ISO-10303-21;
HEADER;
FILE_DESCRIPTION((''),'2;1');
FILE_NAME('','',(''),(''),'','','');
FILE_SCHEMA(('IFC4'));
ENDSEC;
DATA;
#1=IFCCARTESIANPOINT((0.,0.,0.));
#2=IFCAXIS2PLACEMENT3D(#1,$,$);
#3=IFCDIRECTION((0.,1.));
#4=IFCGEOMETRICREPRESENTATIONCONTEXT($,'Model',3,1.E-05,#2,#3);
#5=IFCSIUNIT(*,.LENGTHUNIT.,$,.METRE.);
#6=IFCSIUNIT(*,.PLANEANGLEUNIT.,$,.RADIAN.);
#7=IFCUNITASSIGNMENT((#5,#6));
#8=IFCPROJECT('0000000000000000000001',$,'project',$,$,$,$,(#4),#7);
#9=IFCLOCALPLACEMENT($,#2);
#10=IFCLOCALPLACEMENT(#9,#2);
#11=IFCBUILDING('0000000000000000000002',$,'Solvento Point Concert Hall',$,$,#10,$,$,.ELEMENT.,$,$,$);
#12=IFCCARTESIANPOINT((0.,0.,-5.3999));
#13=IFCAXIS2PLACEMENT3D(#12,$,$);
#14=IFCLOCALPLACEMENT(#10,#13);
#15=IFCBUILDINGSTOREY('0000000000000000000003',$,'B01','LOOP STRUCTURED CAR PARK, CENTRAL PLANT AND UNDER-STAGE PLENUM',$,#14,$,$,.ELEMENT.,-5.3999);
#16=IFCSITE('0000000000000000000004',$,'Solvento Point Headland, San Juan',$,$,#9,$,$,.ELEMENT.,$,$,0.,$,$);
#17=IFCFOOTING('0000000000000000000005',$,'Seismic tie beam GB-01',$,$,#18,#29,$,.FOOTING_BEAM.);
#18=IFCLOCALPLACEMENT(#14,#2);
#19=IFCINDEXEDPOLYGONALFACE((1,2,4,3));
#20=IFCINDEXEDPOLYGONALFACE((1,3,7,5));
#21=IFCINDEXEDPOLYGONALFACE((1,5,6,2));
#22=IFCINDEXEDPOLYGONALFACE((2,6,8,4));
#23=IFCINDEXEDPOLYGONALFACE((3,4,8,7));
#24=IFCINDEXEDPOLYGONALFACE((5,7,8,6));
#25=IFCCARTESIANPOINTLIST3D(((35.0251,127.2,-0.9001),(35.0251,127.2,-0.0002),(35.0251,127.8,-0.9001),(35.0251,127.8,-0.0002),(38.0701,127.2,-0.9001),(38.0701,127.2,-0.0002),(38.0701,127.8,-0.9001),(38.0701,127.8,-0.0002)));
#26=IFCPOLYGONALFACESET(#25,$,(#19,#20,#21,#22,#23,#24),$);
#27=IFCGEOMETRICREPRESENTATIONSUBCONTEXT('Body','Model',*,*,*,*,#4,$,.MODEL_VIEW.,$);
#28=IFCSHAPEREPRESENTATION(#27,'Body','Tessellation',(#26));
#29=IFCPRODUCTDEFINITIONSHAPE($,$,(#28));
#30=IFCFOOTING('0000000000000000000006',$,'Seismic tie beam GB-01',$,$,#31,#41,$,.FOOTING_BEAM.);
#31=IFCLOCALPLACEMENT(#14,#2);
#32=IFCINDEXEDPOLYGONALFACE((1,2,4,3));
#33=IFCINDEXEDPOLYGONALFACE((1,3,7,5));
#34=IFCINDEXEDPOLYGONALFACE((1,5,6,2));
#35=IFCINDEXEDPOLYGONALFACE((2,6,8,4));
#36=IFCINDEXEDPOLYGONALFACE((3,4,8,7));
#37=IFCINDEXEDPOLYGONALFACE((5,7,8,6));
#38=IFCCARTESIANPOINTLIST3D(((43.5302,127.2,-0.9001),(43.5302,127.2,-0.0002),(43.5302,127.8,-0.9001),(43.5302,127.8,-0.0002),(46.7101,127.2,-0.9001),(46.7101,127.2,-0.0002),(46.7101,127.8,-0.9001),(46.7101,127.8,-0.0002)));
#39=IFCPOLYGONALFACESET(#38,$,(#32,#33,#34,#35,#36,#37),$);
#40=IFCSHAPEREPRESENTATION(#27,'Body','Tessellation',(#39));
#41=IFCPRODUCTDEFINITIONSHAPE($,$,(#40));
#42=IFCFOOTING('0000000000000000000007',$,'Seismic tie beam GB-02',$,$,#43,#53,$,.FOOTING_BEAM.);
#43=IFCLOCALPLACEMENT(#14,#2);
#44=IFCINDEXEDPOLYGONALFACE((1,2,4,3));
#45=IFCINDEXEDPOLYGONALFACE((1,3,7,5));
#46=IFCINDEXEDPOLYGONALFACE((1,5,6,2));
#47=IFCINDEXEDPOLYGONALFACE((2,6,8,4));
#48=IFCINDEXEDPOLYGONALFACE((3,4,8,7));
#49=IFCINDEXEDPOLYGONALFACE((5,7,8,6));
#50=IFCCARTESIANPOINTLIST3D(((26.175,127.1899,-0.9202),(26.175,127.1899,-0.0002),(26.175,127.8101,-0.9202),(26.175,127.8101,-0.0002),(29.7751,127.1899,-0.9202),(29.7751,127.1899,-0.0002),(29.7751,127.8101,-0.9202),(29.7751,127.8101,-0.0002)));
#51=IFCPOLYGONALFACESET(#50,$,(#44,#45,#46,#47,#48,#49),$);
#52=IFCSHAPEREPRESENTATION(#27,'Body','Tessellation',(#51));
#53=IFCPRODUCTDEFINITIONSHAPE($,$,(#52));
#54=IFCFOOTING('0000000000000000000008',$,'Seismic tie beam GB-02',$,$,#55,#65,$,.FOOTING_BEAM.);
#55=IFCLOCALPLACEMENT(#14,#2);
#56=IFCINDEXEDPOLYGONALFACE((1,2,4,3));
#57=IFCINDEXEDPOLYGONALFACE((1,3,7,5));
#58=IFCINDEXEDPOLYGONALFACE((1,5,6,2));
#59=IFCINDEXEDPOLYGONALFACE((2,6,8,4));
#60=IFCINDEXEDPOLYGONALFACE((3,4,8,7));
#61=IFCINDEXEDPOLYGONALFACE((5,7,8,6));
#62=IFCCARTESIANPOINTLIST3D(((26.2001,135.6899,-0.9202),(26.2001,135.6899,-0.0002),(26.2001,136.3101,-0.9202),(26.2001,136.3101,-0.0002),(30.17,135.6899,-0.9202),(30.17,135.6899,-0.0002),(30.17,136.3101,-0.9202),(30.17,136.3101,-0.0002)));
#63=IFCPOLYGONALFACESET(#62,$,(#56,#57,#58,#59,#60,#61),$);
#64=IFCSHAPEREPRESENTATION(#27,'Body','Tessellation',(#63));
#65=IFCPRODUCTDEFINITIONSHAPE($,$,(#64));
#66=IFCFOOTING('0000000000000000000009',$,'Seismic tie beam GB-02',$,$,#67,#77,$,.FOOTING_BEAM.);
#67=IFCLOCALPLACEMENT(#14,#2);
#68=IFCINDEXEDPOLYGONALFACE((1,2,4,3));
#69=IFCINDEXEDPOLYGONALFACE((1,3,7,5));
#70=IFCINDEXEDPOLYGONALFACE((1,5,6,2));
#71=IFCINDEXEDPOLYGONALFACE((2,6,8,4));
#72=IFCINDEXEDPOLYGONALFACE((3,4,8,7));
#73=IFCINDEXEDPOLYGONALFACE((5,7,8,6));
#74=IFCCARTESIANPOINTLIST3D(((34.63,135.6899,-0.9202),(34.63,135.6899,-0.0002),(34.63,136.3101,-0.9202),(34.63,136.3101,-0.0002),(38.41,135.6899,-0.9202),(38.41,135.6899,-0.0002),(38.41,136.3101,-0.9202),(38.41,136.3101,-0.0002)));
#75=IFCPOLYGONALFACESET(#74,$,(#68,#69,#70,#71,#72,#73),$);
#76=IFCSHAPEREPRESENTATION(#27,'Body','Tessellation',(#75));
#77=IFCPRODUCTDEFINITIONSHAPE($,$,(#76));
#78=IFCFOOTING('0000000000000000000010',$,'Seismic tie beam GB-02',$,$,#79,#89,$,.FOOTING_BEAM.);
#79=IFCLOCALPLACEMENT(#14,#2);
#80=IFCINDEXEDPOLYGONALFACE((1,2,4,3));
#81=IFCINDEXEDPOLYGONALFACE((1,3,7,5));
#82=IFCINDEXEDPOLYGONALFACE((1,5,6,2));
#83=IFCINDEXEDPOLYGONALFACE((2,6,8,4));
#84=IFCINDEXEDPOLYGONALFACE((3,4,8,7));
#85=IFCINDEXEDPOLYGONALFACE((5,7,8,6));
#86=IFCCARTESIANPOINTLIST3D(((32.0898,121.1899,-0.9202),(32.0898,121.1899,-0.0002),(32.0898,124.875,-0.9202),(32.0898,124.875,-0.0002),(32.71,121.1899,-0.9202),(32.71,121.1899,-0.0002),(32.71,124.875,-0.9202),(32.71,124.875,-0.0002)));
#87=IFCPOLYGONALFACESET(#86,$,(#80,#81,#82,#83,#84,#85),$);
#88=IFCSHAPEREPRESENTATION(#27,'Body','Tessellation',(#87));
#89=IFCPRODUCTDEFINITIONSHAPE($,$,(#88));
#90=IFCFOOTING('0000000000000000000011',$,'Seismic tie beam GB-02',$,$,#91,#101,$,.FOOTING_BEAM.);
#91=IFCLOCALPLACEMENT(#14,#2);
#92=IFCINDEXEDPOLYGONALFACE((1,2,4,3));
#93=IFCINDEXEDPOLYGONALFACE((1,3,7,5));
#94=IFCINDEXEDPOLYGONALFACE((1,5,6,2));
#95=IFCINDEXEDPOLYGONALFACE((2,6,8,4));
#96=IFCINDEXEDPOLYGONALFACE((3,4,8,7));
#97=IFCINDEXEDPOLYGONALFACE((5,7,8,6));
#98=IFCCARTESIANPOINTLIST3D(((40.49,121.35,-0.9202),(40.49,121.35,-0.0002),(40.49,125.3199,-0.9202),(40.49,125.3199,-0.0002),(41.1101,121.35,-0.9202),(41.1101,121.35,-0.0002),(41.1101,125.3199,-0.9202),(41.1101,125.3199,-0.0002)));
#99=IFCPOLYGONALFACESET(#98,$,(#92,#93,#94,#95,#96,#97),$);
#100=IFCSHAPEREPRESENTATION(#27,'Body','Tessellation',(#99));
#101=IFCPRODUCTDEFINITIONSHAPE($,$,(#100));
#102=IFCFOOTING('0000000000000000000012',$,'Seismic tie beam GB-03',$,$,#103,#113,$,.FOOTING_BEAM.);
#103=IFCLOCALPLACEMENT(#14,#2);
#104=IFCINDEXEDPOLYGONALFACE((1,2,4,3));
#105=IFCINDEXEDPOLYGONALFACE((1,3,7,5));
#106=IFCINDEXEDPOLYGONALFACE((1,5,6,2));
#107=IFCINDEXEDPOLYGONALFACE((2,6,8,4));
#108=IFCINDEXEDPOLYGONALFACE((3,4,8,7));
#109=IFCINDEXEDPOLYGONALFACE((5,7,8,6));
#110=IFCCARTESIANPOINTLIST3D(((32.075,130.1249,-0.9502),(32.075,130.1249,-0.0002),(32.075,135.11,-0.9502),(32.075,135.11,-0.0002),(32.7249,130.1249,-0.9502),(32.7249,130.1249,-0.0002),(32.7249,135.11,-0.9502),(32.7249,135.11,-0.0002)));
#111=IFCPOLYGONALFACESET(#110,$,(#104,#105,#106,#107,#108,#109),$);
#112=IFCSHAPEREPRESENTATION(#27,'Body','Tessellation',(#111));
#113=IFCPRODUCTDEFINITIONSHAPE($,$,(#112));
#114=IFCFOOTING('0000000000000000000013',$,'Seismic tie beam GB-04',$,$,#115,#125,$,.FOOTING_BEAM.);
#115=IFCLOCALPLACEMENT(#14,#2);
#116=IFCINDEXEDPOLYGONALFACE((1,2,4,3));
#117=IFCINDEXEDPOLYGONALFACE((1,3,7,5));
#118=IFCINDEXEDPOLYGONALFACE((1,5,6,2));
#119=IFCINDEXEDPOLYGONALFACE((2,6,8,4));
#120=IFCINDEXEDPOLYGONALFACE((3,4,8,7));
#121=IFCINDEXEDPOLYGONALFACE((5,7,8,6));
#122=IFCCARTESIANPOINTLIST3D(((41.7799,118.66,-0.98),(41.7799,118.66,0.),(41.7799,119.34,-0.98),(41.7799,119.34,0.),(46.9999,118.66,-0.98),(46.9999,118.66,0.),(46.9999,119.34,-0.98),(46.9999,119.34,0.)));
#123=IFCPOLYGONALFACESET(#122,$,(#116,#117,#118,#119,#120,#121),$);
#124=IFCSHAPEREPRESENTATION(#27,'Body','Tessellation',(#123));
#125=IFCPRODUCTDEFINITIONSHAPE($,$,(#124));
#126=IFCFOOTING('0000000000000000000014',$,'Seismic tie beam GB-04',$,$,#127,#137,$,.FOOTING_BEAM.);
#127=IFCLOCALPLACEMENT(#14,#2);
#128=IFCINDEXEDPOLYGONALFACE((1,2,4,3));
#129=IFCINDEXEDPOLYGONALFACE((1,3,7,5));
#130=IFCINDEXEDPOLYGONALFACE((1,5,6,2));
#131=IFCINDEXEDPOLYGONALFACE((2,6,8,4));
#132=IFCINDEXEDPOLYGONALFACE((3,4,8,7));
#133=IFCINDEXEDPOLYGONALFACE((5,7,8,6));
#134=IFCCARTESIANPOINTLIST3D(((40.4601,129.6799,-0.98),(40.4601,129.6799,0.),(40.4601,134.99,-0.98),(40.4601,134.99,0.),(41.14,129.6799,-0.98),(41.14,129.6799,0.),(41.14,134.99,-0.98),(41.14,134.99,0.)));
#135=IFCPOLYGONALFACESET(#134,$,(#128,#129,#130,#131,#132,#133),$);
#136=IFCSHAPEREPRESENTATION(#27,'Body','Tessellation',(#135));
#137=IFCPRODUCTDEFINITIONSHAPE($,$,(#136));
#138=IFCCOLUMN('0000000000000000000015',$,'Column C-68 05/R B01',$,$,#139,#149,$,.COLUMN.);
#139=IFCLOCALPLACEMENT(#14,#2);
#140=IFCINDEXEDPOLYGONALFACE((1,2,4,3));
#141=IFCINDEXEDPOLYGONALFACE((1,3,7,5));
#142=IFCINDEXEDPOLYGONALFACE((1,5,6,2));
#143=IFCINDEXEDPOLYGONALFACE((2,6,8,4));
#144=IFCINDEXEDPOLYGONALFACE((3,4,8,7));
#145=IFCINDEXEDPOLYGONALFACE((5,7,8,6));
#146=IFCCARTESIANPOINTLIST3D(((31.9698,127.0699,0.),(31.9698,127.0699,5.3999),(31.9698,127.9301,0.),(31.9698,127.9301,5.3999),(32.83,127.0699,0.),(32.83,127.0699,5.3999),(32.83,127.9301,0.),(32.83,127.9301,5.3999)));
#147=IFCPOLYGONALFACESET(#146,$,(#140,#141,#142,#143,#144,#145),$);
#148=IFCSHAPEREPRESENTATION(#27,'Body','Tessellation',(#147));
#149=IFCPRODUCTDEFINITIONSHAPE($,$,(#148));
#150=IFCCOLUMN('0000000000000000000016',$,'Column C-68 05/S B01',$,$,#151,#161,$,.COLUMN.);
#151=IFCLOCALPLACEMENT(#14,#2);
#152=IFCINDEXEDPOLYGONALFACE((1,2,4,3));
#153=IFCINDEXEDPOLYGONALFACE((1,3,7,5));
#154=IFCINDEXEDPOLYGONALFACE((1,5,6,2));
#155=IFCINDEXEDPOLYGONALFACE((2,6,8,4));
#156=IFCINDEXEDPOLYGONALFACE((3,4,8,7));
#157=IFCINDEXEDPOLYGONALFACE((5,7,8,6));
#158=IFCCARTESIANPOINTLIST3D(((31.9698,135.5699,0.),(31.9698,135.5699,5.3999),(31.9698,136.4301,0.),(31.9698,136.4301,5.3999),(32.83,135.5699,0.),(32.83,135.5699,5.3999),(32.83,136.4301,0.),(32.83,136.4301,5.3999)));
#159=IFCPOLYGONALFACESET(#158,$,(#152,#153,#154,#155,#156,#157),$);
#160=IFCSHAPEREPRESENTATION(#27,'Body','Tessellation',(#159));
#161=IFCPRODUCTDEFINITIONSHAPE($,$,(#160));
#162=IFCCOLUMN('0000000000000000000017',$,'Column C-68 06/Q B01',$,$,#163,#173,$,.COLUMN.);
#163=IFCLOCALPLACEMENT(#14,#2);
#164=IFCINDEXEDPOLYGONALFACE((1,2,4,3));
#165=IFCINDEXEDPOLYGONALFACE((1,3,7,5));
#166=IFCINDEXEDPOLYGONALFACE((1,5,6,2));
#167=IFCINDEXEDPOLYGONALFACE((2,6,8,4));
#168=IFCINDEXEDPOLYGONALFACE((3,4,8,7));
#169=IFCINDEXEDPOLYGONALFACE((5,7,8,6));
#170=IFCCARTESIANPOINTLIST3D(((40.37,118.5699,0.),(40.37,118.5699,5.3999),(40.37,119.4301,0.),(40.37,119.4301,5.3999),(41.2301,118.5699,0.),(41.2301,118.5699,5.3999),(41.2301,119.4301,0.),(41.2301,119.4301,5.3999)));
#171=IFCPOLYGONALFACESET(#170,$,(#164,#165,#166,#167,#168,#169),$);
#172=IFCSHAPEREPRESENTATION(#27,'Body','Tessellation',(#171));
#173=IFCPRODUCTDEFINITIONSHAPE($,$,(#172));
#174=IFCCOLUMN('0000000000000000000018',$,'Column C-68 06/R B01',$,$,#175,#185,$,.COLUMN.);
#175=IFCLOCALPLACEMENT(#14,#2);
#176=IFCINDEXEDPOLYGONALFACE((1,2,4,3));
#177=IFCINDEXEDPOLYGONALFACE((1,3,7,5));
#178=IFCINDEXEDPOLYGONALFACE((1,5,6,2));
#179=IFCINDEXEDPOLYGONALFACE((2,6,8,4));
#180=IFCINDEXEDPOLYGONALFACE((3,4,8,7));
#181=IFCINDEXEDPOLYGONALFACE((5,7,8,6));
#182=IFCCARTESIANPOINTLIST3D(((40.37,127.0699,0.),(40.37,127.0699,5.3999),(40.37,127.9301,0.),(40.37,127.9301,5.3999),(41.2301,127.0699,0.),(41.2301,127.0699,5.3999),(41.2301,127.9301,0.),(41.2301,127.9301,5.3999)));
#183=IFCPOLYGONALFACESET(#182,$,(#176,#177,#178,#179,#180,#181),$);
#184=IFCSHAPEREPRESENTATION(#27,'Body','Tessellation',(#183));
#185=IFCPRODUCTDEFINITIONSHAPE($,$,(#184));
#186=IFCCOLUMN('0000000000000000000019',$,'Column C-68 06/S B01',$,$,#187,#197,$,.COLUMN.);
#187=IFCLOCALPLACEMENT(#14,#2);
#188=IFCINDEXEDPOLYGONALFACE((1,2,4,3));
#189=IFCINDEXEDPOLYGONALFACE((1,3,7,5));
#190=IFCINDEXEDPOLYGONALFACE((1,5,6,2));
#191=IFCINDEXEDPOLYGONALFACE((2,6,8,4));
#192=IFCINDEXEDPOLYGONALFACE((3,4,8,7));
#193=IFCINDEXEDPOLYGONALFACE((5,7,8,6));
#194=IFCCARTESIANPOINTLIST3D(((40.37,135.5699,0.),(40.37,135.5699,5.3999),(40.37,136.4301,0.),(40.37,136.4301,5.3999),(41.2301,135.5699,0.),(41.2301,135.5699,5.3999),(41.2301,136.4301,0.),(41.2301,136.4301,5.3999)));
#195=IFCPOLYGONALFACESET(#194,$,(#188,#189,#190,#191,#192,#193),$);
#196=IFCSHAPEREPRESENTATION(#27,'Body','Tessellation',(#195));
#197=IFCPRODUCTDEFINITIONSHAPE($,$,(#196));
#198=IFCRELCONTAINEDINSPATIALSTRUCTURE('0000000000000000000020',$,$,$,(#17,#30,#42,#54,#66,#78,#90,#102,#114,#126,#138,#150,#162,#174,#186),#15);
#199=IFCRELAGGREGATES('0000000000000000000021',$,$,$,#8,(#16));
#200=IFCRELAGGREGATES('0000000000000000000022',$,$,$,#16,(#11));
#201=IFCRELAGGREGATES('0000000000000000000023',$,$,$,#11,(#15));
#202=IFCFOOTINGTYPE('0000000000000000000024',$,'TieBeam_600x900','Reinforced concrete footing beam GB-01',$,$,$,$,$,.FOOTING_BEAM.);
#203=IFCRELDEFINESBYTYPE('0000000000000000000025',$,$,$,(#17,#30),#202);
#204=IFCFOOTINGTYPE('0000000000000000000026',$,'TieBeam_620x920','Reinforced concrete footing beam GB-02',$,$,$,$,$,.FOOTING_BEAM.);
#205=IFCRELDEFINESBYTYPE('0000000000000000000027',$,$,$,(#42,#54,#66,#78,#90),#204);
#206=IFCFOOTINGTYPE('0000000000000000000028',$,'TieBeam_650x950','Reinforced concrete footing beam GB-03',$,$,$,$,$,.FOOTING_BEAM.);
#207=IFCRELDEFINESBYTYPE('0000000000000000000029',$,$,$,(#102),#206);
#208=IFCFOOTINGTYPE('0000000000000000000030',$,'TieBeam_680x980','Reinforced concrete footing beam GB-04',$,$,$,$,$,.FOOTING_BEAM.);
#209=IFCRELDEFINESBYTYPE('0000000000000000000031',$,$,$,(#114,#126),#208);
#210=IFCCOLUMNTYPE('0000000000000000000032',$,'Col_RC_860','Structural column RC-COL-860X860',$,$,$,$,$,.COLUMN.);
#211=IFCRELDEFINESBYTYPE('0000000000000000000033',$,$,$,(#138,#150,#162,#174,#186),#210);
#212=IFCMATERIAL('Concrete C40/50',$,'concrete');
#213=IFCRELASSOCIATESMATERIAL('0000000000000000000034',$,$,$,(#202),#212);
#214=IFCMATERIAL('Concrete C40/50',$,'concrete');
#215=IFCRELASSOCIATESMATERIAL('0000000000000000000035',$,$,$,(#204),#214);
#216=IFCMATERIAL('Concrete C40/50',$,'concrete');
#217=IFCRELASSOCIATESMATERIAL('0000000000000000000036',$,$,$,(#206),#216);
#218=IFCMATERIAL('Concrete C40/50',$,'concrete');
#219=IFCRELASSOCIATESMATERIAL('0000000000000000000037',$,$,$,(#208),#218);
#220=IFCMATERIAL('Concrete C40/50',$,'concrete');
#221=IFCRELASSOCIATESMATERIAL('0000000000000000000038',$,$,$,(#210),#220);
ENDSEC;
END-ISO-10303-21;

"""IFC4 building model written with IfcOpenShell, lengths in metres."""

from ifc_helpers import new_model, si_unit, direction, frame, origin, origin_2d, place, context, subcontext, project, spatial, rectangle, extrude, material, material_profile, profile_set, type_object, element, save


model = new_model("IFC4")

# Units and contexts
model_context = context("Model", 3, precision=1e-05, world=origin(), true_north=direction((0.0, 1.0)))
body_context = subcontext(model_context, "Body", "Model", "MODEL_VIEW")
ifc_project = project(units=[si_unit("LENGTHUNIT", "METRE"), si_unit("PLANEANGLEUNIT", "RADIAN")], contexts=[model_context])

# Site, building, storey
site_placement = place(None, origin())
site = spatial("IfcSite", under=ifc_project, at=site_placement, Name="Solvento Point Headland, San Juan", CompositionType="ELEMENT", RefElevation=0.0)
building_placement = place(site_placement, origin())
building = spatial("IfcBuilding", under=site, at=building_placement, Name="Solvento Point Concert Hall", CompositionType="ELEMENT")
storey_placement = place(building_placement, frame((0.0, 0.0, -5.3999)))
storey = spatial("IfcBuildingStorey", under=building, at=storey_placement, Name="B01", Description="LOOP STRUCTURED CAR PARK, CENTRAL PLANT AND UNDER-STAGE PLENUM", CompositionType="ELEMENT", Elevation=-5.3999)

# Footings
ifc_material_1 = material(Name="Concrete C40/50", Category="concrete")
footing_type_1 = type_object("IfcFootingType", Name="TieBeam_600x900", Description="Reinforced concrete footing beam GB-01", PredefinedType="FOOTING_BEAM", material=ifc_material_1)
footing_1_placement = place(storey_placement, frame((36.5476, 127.5, -0.9001), z_axis=(0.0, 0.0, 1.0), x_axis=(1.0, 0.0, 0.0)))
element("IfcFooting", 1, at=footing_1_placement, inside=storey, type_object=footing_type_1, Name="Seismic tie beam GB-01", PredefinedType="FOOTING_BEAM", context=body_context, shape_type="SweptSolid", body=[
    extrude(rectangle(XDim=3.0449, YDim=0.6001, at=origin_2d()), origin(), (0.0, 0.0, 1.0), 0.8999),
])
footing_2_placement = place(storey_placement, frame((45.1201, 127.5, -0.9001), z_axis=(0.0, 0.0, 1.0), x_axis=(1.0, 0.0, 0.0)))
element("IfcFooting", 2, at=footing_2_placement, inside=storey, type_object=footing_type_1, Name="Seismic tie beam GB-01", PredefinedType="FOOTING_BEAM", context=body_context, shape_type="SweptSolid", body=[
    extrude(rectangle(XDim=3.1799, YDim=0.6001, at=origin_2d()), origin(), (0.0, 0.0, 1.0), 0.8999),
])
ifc_material_2 = material(Name="Concrete C40/50", Category="concrete")
footing_type_2 = type_object("IfcFootingType", Name="TieBeam_620x920", Description="Reinforced concrete footing beam GB-02", PredefinedType="FOOTING_BEAM", material=ifc_material_2)
footing_3_placement = place(storey_placement, frame((27.9751, 127.5, -0.9202), z_axis=(0.0, 0.0, 1.0), x_axis=(1.0, 0.0, 0.0)))
element("IfcFooting", 3, at=footing_3_placement, inside=storey, type_object=footing_type_2, Name="Seismic tie beam GB-02", PredefinedType="FOOTING_BEAM", context=body_context, shape_type="SweptSolid", body=[
    extrude(rectangle(XDim=3.6001, YDim=0.6201, at=origin_2d()), origin(), (0.0, 0.0, 1.0), 0.9199),
])
footing_4_placement = place(storey_placement, frame((28.1851, 136.0, -0.9202), z_axis=(0.0, 0.0, 1.0), x_axis=(1.0, 0.0, 0.0)))
element("IfcFooting", 4, at=footing_4_placement, inside=storey, type_object=footing_type_2, Name="Seismic tie beam GB-02", PredefinedType="FOOTING_BEAM", context=body_context, shape_type="SweptSolid", body=[
    extrude(rectangle(XDim=3.97, YDim=0.6201, at=origin_2d()), origin(), (0.0, 0.0, 1.0), 0.9199),
])
footing_5_placement = place(storey_placement, frame((36.52, 136.0, -0.9202), z_axis=(0.0, 0.0, 1.0), x_axis=(1.0, 0.0, 0.0)))
element("IfcFooting", 5, at=footing_5_placement, inside=storey, type_object=footing_type_2, Name="Seismic tie beam GB-02", PredefinedType="FOOTING_BEAM", context=body_context, shape_type="SweptSolid", body=[
    extrude(rectangle(XDim=3.78, YDim=0.6201, at=origin_2d()), origin(), (0.0, 0.0, 1.0), 0.9199),
])
footing_6_placement = place(storey_placement, frame((32.3999, 123.0325, -0.9202), z_axis=(0.0, 0.0, 1.0), x_axis=(0.0, 1.0, 0.0)))
element("IfcFooting", 6, at=footing_6_placement, inside=storey, type_object=footing_type_2, Name="Seismic tie beam GB-02", PredefinedType="FOOTING_BEAM", context=body_context, shape_type="SweptSolid", body=[
    extrude(rectangle(XDim=3.6851, YDim=0.6201, at=origin_2d()), origin(), (0.0, 0.0, 1.0), 0.9199),
])
footing_7_placement = place(storey_placement, frame((40.8, 123.335, -0.9202), z_axis=(0.0, 0.0, 1.0), x_axis=(0.0, 1.0, 0.0)))
element("IfcFooting", 7, at=footing_7_placement, inside=storey, type_object=footing_type_2, Name="Seismic tie beam GB-02", PredefinedType="FOOTING_BEAM", context=body_context, shape_type="SweptSolid", body=[
    extrude(rectangle(XDim=3.97, YDim=0.6201, at=origin_2d()), origin(), (0.0, 0.0, 1.0), 0.9199),
])
ifc_material_3 = material(Name="Concrete C40/50", Category="concrete")
footing_type_3 = type_object("IfcFootingType", Name="TieBeam_650x950", Description="Reinforced concrete footing beam GB-03", PredefinedType="FOOTING_BEAM", material=ifc_material_3)
footing_8_placement = place(storey_placement, frame((32.3999, 132.6174, -0.9502), z_axis=(0.0, 0.0, 1.0), x_axis=(0.0, 1.0, 0.0)))
element("IfcFooting", 8, at=footing_8_placement, inside=storey, type_object=footing_type_3, Name="Seismic tie beam GB-03", PredefinedType="FOOTING_BEAM", context=body_context, shape_type="SweptSolid", body=[
    extrude(rectangle(XDim=4.9851, YDim=0.6499, at=origin_2d()), origin(), (0.0, 0.0, 1.0), 0.95),
])
ifc_material_4 = material(Name="Concrete C40/50", Category="concrete")
footing_type_4 = type_object("IfcFootingType", Name="TieBeam_680x980", Description="Reinforced concrete footing beam GB-04", PredefinedType="FOOTING_BEAM", material=ifc_material_4)
footing_9_placement = place(storey_placement, frame((44.3899, 119.0, -0.98), z_axis=(0.0, 0.0, 1.0), x_axis=(1.0, 0.0, 0.0)))
element("IfcFooting", 9, at=footing_9_placement, inside=storey, type_object=footing_type_4, Name="Seismic tie beam GB-04", PredefinedType="FOOTING_BEAM", context=body_context, shape_type="SweptSolid", body=[
    extrude(rectangle(XDim=5.22, YDim=0.6799, at=origin_2d()), origin(), (0.0, 0.0, 1.0), 0.98),
])
footing_10_placement = place(storey_placement, frame((40.8, 132.335, -0.98), z_axis=(0.0, 0.0, 1.0), x_axis=(0.0, 1.0, 0.0)))
element("IfcFooting", 10, at=footing_10_placement, inside=storey, type_object=footing_type_4, Name="Seismic tie beam GB-04", PredefinedType="FOOTING_BEAM", context=body_context, shape_type="SweptSolid", body=[
    extrude(rectangle(XDim=5.3101, YDim=0.6799, at=origin_2d()), origin(), (0.0, 0.0, 1.0), 0.98),
])

# Columns
ifc_material_5 = material(Name="Concrete C40/50", Category="concrete")
ifc_material_profile_1 = material_profile(ifc_material_5, rectangle(XDim=0.8601, YDim=0.8601, at=origin_2d()), Name="RC-COL-860X860")
ifc_profile_set_1 = profile_set([ifc_material_profile_1], Name="Concrete C40/50")
column_type = type_object("IfcColumnType", Name="Col_RC_860", Description="Structural column RC-COL-860X860", PredefinedType="COLUMN", material=ifc_profile_set_1)
for number, where, z_axis, x_axis, name in (
    (11, (32.3999, 127.5, 0.0), (0.0, 0.0, 1.0), (1.0, 0.0, 0.0), "Column C-68 05/R B01"),
    (12, (32.3999, 136.0, 0.0), (0.0, 0.0, 1.0), (1.0, 0.0, 0.0), "Column C-68 05/S B01"),
    (13, (40.8, 119.0, 0.0), (0.0, 0.0, 1.0), (1.0, 0.0, 0.0), "Column C-68 06/Q B01"),
    (14, (40.8, 127.5, 0.0), (0.0, 0.0, 1.0), (1.0, 0.0, 0.0), "Column C-68 06/R B01"),
    (15, (40.8, 136.0, 0.0), (0.0, 0.0, 1.0), (1.0, 0.0, 0.0), "Column C-68 06/S B01"),
):
    element("IfcColumn", number, at=place(storey_placement, frame(where, z_axis=z_axis, x_axis=x_axis)), inside=storey, type_object=column_type, Name=name, PredefinedType="COLUMN", context=body_context, shape_type="SweptSolid", body=[
        extrude(rectangle(XDim=0.8601, YDim=0.8601, at=origin_2d()), origin(), (0.0, 0.0, 1.0), 5.3999),
    ])

save(model, "model.ifc")
